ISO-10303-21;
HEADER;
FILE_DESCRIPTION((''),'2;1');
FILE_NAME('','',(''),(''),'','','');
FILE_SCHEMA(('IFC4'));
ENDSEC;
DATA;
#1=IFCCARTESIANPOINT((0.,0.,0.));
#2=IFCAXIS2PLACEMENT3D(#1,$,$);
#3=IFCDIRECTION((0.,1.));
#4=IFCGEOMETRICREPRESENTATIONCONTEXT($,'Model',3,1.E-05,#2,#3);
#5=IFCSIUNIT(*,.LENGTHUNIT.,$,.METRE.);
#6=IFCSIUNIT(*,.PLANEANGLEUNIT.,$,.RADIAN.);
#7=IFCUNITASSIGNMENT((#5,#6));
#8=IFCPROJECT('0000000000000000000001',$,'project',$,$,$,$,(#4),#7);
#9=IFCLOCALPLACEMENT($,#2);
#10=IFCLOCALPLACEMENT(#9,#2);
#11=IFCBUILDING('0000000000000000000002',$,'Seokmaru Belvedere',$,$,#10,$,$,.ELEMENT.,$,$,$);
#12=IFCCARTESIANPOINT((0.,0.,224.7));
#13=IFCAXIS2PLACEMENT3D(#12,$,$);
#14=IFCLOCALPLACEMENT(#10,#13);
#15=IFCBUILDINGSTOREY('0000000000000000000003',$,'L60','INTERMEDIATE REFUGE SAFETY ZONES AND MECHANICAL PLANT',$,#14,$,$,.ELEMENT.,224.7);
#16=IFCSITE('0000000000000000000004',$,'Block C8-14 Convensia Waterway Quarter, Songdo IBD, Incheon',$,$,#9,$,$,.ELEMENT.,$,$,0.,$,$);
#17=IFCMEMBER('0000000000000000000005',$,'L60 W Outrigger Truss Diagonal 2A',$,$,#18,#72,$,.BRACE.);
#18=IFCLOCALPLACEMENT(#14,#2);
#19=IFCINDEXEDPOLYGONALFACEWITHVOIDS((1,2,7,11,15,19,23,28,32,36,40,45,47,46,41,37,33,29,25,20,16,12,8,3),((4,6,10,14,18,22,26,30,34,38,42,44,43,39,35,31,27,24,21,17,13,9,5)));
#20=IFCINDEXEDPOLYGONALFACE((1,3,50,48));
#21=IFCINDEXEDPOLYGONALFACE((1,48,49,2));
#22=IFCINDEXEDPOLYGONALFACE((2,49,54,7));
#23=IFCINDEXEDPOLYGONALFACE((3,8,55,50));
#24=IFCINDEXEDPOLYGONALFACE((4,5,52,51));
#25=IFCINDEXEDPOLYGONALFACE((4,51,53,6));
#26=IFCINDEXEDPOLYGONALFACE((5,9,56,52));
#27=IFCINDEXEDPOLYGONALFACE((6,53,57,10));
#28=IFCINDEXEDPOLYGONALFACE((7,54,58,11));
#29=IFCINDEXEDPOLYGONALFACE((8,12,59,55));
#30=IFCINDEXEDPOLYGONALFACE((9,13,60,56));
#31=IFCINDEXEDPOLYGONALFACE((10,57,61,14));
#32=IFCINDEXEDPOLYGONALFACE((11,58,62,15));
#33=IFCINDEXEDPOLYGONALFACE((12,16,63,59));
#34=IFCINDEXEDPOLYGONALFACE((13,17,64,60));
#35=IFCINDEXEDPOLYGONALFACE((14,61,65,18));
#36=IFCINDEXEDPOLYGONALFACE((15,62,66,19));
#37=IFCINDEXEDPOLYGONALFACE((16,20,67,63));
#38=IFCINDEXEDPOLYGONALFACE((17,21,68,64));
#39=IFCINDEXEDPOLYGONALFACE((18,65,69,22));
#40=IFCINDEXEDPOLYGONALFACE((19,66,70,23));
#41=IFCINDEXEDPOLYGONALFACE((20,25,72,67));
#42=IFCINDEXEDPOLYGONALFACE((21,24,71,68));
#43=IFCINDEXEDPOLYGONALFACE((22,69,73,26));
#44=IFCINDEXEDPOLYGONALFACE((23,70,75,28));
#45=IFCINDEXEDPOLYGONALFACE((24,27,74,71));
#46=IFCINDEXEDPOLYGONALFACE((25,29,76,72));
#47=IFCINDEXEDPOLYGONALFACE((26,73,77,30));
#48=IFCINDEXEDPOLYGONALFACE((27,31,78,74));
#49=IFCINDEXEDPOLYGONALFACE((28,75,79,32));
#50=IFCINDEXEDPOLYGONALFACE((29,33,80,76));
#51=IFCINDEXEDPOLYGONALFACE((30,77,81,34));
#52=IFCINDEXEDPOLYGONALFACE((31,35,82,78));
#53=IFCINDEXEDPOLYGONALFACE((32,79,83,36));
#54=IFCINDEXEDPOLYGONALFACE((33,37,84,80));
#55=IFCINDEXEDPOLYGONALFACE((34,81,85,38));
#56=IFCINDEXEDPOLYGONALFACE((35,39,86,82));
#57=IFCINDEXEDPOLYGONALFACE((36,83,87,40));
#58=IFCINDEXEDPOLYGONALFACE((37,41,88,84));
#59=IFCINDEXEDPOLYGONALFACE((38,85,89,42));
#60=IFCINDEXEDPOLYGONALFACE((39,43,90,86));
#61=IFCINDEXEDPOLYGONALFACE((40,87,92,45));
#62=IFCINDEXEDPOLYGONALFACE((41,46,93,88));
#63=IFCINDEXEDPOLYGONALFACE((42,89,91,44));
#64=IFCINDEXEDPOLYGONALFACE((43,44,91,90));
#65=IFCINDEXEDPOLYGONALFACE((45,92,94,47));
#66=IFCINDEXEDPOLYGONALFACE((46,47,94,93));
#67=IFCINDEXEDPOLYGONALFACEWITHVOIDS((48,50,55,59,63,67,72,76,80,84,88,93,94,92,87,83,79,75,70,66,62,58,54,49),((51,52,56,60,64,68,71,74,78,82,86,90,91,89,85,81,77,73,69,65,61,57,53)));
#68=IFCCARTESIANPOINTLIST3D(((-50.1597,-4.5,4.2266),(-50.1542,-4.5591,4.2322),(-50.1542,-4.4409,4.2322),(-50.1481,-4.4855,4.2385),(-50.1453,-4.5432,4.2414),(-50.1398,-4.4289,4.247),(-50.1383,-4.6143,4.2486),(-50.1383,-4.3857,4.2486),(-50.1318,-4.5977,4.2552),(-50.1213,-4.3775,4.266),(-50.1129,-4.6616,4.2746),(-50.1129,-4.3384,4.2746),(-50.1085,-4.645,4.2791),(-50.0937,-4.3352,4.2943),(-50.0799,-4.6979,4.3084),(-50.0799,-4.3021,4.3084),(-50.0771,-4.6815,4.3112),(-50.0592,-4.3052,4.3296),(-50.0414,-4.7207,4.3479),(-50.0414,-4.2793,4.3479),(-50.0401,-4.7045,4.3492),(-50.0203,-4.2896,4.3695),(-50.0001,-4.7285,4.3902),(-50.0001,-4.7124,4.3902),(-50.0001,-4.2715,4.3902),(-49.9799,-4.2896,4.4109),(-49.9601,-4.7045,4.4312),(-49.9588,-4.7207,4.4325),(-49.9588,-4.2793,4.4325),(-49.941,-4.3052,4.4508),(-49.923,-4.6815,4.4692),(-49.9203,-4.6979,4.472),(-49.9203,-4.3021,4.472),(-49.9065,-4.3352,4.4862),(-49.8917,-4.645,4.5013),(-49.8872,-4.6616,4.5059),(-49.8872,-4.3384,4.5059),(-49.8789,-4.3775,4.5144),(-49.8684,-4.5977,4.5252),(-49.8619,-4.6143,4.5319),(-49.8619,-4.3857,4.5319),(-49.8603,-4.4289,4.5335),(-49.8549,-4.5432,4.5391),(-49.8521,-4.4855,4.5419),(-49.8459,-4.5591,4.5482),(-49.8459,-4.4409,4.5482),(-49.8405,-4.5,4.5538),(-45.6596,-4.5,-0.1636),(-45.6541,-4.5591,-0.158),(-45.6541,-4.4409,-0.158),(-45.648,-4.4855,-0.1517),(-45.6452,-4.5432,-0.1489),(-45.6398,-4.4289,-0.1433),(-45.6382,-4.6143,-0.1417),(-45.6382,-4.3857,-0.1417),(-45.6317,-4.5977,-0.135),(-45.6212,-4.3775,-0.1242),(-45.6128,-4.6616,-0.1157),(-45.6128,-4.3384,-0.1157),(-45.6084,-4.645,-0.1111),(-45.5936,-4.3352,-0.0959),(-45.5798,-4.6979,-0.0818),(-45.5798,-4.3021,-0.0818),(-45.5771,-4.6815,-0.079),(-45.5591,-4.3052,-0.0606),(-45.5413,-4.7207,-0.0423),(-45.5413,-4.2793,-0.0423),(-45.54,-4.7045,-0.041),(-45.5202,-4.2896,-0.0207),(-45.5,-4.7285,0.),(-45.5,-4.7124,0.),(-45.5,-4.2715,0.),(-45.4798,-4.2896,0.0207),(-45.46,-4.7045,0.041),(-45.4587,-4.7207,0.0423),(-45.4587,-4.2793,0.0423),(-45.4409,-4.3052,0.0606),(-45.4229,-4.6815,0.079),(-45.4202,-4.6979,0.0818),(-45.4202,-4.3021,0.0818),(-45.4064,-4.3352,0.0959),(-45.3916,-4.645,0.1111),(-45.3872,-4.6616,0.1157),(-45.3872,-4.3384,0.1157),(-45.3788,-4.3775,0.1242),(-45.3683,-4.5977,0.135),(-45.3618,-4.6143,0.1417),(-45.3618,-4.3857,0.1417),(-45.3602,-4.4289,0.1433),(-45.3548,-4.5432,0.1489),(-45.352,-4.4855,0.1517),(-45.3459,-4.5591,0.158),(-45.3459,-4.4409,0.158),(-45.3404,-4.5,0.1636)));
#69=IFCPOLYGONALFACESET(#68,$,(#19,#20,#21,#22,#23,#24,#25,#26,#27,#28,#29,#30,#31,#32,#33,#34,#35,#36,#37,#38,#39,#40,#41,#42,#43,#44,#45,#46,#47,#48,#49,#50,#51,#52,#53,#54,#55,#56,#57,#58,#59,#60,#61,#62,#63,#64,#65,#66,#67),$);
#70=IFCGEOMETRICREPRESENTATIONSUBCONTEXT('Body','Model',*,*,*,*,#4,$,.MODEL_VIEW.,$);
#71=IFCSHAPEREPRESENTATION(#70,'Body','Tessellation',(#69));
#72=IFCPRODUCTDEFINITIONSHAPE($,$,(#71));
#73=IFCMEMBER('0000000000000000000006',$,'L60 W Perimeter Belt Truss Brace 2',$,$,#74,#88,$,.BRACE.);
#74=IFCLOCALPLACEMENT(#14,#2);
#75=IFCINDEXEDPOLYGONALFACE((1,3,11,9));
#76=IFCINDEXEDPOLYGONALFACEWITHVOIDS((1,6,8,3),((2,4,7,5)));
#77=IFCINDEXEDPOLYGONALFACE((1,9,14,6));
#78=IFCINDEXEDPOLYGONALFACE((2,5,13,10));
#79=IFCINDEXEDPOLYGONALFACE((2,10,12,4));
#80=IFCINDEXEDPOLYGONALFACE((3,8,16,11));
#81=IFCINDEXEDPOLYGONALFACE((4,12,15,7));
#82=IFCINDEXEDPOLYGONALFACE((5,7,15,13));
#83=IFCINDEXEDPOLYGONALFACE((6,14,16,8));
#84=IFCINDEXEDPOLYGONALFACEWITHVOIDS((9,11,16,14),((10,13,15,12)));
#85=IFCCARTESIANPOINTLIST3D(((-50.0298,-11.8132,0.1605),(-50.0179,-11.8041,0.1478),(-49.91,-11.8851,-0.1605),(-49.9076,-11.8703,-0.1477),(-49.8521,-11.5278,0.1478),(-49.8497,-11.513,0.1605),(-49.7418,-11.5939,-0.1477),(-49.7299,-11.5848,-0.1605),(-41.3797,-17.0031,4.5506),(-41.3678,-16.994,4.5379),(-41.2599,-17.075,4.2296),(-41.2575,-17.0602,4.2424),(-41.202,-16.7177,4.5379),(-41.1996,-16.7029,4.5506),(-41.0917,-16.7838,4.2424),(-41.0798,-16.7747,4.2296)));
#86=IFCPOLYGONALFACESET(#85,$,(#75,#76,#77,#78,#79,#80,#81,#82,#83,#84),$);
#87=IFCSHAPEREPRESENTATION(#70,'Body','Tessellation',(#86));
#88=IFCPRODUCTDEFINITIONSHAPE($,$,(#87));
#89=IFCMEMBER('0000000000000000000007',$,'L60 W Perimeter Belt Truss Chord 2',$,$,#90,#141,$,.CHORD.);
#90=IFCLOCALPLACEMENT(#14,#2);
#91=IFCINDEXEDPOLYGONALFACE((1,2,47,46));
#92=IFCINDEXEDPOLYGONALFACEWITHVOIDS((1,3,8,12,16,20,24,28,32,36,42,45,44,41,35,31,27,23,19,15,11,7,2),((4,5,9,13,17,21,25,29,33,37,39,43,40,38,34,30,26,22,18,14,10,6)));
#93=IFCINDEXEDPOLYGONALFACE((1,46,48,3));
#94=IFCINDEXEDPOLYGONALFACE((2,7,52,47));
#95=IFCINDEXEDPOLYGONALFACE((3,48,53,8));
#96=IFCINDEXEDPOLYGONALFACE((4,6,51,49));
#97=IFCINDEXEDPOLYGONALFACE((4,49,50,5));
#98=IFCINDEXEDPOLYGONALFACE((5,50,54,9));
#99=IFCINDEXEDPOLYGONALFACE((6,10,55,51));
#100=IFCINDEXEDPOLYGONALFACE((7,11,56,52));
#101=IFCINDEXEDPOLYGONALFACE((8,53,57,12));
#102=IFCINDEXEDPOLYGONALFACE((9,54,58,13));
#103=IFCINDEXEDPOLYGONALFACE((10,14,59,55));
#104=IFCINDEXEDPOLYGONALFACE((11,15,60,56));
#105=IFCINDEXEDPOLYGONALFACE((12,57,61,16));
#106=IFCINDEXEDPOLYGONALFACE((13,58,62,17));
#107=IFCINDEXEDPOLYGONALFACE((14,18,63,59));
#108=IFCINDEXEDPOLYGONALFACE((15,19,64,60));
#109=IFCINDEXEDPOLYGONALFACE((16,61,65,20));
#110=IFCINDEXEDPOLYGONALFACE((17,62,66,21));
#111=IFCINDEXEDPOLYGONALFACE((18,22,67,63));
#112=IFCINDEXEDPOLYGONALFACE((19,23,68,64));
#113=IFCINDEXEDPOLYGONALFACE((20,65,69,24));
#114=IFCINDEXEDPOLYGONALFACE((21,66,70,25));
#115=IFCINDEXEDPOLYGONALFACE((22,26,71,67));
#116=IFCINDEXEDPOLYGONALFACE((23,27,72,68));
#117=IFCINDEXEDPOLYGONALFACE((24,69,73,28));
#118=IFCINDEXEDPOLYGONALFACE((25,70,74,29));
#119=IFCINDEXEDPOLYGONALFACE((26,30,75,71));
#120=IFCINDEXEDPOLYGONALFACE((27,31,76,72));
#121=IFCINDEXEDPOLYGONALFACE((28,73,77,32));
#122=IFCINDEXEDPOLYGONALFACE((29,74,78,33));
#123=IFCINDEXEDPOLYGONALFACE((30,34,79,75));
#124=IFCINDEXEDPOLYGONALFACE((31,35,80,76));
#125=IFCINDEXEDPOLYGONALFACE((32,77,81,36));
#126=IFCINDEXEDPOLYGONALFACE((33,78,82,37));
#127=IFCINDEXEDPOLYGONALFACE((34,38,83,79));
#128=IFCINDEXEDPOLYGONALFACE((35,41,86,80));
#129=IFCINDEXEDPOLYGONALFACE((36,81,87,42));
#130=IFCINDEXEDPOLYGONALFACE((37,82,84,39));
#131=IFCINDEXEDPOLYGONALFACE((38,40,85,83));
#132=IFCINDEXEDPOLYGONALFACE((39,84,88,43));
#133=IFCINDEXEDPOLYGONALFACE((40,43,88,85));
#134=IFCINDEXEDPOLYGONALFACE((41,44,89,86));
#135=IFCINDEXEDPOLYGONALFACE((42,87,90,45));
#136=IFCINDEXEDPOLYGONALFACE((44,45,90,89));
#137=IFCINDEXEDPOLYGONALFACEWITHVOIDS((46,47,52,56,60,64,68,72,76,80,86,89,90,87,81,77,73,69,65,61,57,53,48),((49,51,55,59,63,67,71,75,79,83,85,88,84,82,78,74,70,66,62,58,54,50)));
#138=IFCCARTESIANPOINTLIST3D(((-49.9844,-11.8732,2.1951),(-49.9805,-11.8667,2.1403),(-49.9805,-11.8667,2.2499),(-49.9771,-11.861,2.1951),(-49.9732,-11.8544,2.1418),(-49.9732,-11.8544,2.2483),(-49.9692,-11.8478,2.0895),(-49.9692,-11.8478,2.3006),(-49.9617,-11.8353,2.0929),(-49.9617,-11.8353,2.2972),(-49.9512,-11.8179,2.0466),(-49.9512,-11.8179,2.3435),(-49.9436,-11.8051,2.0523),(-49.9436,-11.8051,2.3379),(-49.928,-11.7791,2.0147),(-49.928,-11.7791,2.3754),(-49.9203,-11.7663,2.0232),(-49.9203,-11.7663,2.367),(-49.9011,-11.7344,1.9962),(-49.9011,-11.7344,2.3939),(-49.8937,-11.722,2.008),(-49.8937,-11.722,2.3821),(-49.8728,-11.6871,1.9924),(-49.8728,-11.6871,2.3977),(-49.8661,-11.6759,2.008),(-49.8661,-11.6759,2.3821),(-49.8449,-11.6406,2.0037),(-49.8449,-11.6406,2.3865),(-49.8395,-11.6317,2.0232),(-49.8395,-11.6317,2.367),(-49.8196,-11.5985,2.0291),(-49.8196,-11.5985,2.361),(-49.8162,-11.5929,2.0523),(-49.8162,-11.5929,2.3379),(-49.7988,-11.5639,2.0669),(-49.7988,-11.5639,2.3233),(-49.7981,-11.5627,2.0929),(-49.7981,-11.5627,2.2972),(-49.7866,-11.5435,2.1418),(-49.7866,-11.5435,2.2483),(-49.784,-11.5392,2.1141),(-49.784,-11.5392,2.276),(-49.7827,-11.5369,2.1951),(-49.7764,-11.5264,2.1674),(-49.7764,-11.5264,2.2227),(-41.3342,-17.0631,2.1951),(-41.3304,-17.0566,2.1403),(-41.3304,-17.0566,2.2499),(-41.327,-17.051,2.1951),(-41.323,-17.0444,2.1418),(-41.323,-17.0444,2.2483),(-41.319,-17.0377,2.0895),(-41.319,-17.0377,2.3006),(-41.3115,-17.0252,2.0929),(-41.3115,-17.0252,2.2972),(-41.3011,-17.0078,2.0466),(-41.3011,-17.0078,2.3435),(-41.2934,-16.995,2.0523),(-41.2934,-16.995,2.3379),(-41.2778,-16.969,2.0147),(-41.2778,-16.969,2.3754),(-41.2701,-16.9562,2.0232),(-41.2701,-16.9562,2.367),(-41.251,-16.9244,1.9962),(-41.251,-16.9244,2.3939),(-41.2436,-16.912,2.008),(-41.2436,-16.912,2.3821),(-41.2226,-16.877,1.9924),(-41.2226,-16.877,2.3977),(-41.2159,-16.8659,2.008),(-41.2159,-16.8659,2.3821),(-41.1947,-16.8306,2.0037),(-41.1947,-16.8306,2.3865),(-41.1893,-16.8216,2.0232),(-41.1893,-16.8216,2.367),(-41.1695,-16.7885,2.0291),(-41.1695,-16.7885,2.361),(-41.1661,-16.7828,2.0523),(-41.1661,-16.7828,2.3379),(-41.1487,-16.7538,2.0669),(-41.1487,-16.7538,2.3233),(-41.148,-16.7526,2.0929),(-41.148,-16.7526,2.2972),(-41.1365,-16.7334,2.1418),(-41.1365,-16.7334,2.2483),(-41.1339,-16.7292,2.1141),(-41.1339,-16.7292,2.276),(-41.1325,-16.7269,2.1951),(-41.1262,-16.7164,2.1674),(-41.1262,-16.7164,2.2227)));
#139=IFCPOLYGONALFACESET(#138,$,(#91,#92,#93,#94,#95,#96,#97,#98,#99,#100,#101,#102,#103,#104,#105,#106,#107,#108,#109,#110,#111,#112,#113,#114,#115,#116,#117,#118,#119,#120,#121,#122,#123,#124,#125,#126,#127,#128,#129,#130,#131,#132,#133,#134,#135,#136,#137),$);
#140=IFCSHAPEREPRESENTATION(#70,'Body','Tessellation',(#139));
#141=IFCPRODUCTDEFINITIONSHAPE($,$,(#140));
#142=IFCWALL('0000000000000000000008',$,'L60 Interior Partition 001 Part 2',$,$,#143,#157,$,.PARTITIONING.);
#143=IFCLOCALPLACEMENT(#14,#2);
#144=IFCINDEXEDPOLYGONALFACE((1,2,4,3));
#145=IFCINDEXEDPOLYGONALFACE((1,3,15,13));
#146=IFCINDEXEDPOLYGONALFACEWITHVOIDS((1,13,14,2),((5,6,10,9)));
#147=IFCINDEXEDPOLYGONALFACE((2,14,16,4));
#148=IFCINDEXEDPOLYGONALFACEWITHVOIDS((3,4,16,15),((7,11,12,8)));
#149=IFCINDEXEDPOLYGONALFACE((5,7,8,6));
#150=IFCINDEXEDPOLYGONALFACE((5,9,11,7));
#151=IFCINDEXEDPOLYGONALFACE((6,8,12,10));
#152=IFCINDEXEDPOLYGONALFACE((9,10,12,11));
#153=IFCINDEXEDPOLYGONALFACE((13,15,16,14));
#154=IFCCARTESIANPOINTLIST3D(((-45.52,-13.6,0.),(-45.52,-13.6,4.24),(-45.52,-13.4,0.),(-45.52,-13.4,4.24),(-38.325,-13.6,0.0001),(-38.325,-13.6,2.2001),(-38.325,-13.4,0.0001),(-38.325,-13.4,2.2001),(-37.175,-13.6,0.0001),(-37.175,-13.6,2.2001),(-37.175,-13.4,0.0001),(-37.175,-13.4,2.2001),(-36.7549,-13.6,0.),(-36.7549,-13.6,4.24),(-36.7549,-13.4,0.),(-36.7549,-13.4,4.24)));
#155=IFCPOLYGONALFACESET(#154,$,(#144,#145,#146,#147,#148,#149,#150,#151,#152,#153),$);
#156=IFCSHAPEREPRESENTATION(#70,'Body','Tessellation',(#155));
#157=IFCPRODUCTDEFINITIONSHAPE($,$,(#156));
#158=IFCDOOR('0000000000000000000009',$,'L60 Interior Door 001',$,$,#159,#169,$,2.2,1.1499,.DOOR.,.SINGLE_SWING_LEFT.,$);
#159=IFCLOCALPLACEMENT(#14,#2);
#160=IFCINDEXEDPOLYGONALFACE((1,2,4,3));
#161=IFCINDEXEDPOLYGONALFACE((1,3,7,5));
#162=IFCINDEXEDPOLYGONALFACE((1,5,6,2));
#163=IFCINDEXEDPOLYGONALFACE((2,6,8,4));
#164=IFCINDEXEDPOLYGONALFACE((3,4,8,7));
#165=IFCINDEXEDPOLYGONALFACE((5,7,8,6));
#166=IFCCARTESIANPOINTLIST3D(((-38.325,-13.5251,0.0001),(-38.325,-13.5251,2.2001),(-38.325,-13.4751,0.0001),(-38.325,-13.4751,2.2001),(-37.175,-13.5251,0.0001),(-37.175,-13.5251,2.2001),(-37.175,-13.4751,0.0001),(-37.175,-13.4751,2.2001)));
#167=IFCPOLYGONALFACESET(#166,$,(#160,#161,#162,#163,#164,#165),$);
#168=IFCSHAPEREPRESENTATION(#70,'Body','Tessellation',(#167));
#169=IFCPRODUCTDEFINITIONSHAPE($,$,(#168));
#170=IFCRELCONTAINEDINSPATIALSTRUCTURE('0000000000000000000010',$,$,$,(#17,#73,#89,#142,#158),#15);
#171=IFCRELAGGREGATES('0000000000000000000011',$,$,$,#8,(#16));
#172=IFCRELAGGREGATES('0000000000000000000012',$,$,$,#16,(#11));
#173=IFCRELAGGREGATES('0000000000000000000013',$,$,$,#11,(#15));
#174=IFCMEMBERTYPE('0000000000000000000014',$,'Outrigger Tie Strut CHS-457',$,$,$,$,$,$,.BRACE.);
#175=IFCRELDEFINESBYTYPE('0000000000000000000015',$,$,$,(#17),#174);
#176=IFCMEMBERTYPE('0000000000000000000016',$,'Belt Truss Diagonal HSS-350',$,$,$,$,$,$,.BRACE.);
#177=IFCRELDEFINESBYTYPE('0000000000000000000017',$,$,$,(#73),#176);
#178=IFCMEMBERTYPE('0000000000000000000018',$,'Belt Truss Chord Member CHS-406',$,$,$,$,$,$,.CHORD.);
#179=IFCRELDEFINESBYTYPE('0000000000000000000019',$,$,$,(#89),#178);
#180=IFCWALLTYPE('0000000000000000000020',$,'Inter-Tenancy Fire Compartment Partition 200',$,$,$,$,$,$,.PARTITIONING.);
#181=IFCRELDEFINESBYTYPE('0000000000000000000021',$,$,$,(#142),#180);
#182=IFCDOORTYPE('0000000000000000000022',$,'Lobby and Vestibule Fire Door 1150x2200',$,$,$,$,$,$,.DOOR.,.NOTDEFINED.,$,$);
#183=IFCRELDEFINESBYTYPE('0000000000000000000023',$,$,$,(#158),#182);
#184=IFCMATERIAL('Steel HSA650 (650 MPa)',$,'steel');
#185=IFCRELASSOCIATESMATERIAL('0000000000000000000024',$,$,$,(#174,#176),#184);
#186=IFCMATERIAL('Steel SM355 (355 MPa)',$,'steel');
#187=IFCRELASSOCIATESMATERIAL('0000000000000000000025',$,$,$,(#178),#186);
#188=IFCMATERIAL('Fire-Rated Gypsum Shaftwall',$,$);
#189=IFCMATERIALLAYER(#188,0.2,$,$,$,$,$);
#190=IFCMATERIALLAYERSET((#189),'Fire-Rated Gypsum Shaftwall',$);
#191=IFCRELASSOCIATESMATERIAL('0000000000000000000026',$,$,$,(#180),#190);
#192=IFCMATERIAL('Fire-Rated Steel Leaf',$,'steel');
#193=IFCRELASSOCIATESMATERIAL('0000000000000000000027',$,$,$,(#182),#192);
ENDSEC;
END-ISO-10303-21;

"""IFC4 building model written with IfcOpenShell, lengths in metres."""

from ifc_helpers import new_model, si_unit, direction, frame, frame_2d, origin, origin_2d, place, context, subcontext, project, spatial, rectangle, hollow_rectangle, hollow_circle, extrude, source, transform, mapped, material, layer, layer_set, material_profile, profile_set, type_object, type_shapes, element, fill, save


model = new_model("IFC4")

# Units and contexts
model_context = context("Model", 3, precision=1e-05, world=origin(), true_north=direction((0.0, 1.0)))
body_context = subcontext(model_context, "Body", "Model", "MODEL_VIEW")
ifc_project = project(units=[si_unit("LENGTHUNIT", "METRE"), si_unit("PLANEANGLEUNIT", "RADIAN")], contexts=[model_context])

# Site, building, storey
site_placement = place(None, origin())
site = spatial("IfcSite", under=ifc_project, at=site_placement, Name="Block C8-14 Convensia Waterway Quarter, Songdo IBD, Incheon", CompositionType="ELEMENT", RefElevation=0.0)
building_placement = place(site_placement, origin())
building = spatial("IfcBuilding", under=site, at=building_placement, Name="Seokmaru Belvedere", CompositionType="ELEMENT")
storey_placement = place(building_placement, frame((0.0, 0.0, 224.7)))
storey = spatial("IfcBuildingStorey", under=building, at=storey_placement, Name="L60", Description="INTERMEDIATE REFUGE SAFETY ZONES AND MECHANICAL PLANT", CompositionType="ELEMENT", Elevation=224.7)

# Shared definitions
ifc_material_1 = material(Name="Steel SM355 (355 MPa)", Category="steel")

# Members
ifc_material_2 = material(Name="Steel HSA650 (650 MPa)", Category="steel")
ifc_material_profile_1 = material_profile(ifc_material_2, hollow_circle(Radius=0.2285, WallThickness=0.0161, at=origin_2d()), Name="CHS-457.2x16.0")
ifc_profile_set_1 = profile_set([ifc_material_profile_1], Name="Steel HSA650 (650 MPa)")
member_type_1 = type_object("IfcMemberType", Name="Outrigger Tie Strut CHS-457", PredefinedType="BRACE", material=ifc_profile_set_1)
shared_shape_1 = source(origin(), body_context, "Body", "SweptSolid", [
    extrude(hollow_circle(Radius=0.2285, WallThickness=0.0161, at=origin_2d()), origin(), (0.0, 0.0, 1.0), 6.2869),
])
type_shapes(member_type_1, [shared_shape_1])
member_1_placement = place(storey_placement, frame((-45.5, -4.5, 0.0), z_axis=(-0.71579, 0.0, 0.698315), x_axis=(0.0, -1.0, 0.0)))
element("IfcMember", 1, at=member_1_placement, inside=storey, type_object=member_type_1, Name="L60 W Outrigger Truss Diagonal 2A", PredefinedType="BRACE", context=body_context, shape_type="MappedRepresentation", body=[
    mapped(shared_shape_1, transform((0.0, 0.0, 0.0), scale=1.0)),
])
ifc_material_profile_2 = material_profile(ifc_material_2, hollow_rectangle(XDim=0.3501, YDim=0.3501, WallThickness=0.0139, at=origin_2d()), Name="HSS-350x350x14")
ifc_profile_set_2 = profile_set([ifc_material_profile_2], Name="Steel HSA650 (650 MPa)")
member_type_2 = type_object("IfcMemberType", Name="Belt Truss Diagonal HSS-350", PredefinedType="BRACE", material=ifc_profile_set_2)
shared_shape_2 = source(origin(), body_context, "Body", "SweptSolid", [
    extrude(hollow_rectangle(XDim=0.3501, YDim=0.3501, WallThickness=0.0139, at=origin_2d()), origin(), (0.0, 0.0, 1.0), 11.0015),
])
type_shapes(member_type_2, [shared_shape_2])
member_2_placement = place(storey_placement, frame((-41.2297, -16.8889, 4.3901), z_axis=(-0.786267, 0.471747, -0.399048), x_axis=(-0.514485, -0.857499, 0.0)))
element("IfcMember", 2, at=member_2_placement, inside=storey, type_object=member_type_2, Name="L60 W Perimeter Belt Truss Brace 2", PredefinedType="BRACE", context=body_context, shape_type="MappedRepresentation", body=[
    mapped(shared_shape_2, transform((0.0, 0.0, 0.0), scale=1.0)),
])
ifc_material_profile_3 = material_profile(ifc_material_1, hollow_circle(Radius=0.2031, WallThickness=0.0142, at=origin_2d()), Name="CHS-406.4x14.2")
ifc_profile_set_3 = profile_set([ifc_material_profile_3], Name="Steel SM355 (355 MPa)")
member_type_3 = type_object("IfcMemberType", Name="Belt Truss Chord Member CHS-406", PredefinedType="CHORD", material=ifc_profile_set_3)
shared_shape_3 = source(origin(), body_context, "Body", "SweptSolid", [
    extrude(hollow_circle(Radius=0.2031, WallThickness=0.0142, at=origin_2d()), origin(), (0.0, 0.0, 1.0), 10.0876),
])
type_shapes(member_type_3, [shared_shape_3])
member_3_placement = place(storey_placement, frame((-41.2297, -16.8889, 2.1951), z_axis=(-0.857499, 0.514485, 0.0), x_axis=(-0.514485, -0.857499, 0.0)))
element("IfcMember", 3, at=member_3_placement, inside=storey, type_object=member_type_3, Name="L60 W Perimeter Belt Truss Chord 2", PredefinedType="CHORD", context=body_context, shape_type="MappedRepresentation", body=[
    mapped(shared_shape_3, transform((0.0, 0.0, 0.0), scale=1.0)),
])

# Wall, opening, door
ifc_material_3 = material(Name="Fire-Rated Gypsum Shaftwall")
ifc_layer = layer(ifc_material_3, 0.2)
ifc_layer_set = layer_set([ifc_layer], Name="Fire-Rated Gypsum Shaftwall")
wall_type = type_object("IfcWallType", Name="Inter-Tenancy Fire Compartment Partition 200", PredefinedType="PARTITIONING", material=ifc_layer_set)
wall_1_placement = place(storey_placement, frame((-45.52, -13.5, 0.0), z_axis=(0.0, 0.0, 1.0), x_axis=(1.0, 0.0, 0.0)))
wall_1 = element("IfcWall", 4, at=wall_1_placement, inside=storey, type_object=wall_type, Name="L60 Interior Partition 001 Part 2", PredefinedType="PARTITIONING", context=body_context, shape_type="SweptSolid", body=[
    extrude(rectangle(XDim=8.7651, YDim=0.2, at=frame_2d((4.3826, 0.0))), origin(), (0.0, 0.0, 1.0), 4.24),
])
opening_1_placement = place(wall_1_placement, frame((7.1951, 0.0, 0.0)))
opening_1 = element("IfcOpeningElement", 5, at=opening_1_placement, cuts=wall_1, PredefinedType="OPENING", context=body_context, shape_type="SweptSolid", body=[
    extrude(rectangle(XDim=1.1499, YDim=2.2, at=frame_2d((0.575, 1.1001))), frame((0.0, 0.1099, 0.0), z_axis=(0.0, -1.0, 0.0), x_axis=(1.0, 0.0, 0.0)), (0.0, 0.0, 1.0), 0.22),
])
ifc_material_4 = material(Name="Fire-Rated Steel Leaf", Category="steel")
door_type = type_object("IfcDoorType", Name="Lobby and Vestibule Fire Door 1150x2200", OperationType="NOTDEFINED", PredefinedType="DOOR", material=ifc_material_4)
shared_shape_4 = source(origin(), body_context, "Body", "SweptSolid", [
    extrude(rectangle(XDim=1.1499, YDim=2.2, at=frame_2d((0.575, 1.1001))), frame((0.0, 0.0249, 0.0), z_axis=(0.0, -1.0, 0.0), x_axis=(1.0, 0.0, 0.0)), (0.0, 0.0, 1.0), 0.05),
])
type_shapes(door_type, [shared_shape_4])
door_1_placement = place(opening_1_placement, origin())
door_1 = element("IfcDoor", 6, at=door_1_placement, inside=storey, type_object=door_type, Name="L60 Interior Door 001", OperationType="SINGLE_SWING_LEFT", OverallHeight=2.2, OverallWidth=1.1499, PredefinedType="DOOR", context=body_context, shape_type="MappedRepresentation", body=[
    mapped(shared_shape_4, transform((0.0, 0.0, 0.0), scale=1.0)),
])
fill(opening_1, door_1)

save(model, "model.ifc")
